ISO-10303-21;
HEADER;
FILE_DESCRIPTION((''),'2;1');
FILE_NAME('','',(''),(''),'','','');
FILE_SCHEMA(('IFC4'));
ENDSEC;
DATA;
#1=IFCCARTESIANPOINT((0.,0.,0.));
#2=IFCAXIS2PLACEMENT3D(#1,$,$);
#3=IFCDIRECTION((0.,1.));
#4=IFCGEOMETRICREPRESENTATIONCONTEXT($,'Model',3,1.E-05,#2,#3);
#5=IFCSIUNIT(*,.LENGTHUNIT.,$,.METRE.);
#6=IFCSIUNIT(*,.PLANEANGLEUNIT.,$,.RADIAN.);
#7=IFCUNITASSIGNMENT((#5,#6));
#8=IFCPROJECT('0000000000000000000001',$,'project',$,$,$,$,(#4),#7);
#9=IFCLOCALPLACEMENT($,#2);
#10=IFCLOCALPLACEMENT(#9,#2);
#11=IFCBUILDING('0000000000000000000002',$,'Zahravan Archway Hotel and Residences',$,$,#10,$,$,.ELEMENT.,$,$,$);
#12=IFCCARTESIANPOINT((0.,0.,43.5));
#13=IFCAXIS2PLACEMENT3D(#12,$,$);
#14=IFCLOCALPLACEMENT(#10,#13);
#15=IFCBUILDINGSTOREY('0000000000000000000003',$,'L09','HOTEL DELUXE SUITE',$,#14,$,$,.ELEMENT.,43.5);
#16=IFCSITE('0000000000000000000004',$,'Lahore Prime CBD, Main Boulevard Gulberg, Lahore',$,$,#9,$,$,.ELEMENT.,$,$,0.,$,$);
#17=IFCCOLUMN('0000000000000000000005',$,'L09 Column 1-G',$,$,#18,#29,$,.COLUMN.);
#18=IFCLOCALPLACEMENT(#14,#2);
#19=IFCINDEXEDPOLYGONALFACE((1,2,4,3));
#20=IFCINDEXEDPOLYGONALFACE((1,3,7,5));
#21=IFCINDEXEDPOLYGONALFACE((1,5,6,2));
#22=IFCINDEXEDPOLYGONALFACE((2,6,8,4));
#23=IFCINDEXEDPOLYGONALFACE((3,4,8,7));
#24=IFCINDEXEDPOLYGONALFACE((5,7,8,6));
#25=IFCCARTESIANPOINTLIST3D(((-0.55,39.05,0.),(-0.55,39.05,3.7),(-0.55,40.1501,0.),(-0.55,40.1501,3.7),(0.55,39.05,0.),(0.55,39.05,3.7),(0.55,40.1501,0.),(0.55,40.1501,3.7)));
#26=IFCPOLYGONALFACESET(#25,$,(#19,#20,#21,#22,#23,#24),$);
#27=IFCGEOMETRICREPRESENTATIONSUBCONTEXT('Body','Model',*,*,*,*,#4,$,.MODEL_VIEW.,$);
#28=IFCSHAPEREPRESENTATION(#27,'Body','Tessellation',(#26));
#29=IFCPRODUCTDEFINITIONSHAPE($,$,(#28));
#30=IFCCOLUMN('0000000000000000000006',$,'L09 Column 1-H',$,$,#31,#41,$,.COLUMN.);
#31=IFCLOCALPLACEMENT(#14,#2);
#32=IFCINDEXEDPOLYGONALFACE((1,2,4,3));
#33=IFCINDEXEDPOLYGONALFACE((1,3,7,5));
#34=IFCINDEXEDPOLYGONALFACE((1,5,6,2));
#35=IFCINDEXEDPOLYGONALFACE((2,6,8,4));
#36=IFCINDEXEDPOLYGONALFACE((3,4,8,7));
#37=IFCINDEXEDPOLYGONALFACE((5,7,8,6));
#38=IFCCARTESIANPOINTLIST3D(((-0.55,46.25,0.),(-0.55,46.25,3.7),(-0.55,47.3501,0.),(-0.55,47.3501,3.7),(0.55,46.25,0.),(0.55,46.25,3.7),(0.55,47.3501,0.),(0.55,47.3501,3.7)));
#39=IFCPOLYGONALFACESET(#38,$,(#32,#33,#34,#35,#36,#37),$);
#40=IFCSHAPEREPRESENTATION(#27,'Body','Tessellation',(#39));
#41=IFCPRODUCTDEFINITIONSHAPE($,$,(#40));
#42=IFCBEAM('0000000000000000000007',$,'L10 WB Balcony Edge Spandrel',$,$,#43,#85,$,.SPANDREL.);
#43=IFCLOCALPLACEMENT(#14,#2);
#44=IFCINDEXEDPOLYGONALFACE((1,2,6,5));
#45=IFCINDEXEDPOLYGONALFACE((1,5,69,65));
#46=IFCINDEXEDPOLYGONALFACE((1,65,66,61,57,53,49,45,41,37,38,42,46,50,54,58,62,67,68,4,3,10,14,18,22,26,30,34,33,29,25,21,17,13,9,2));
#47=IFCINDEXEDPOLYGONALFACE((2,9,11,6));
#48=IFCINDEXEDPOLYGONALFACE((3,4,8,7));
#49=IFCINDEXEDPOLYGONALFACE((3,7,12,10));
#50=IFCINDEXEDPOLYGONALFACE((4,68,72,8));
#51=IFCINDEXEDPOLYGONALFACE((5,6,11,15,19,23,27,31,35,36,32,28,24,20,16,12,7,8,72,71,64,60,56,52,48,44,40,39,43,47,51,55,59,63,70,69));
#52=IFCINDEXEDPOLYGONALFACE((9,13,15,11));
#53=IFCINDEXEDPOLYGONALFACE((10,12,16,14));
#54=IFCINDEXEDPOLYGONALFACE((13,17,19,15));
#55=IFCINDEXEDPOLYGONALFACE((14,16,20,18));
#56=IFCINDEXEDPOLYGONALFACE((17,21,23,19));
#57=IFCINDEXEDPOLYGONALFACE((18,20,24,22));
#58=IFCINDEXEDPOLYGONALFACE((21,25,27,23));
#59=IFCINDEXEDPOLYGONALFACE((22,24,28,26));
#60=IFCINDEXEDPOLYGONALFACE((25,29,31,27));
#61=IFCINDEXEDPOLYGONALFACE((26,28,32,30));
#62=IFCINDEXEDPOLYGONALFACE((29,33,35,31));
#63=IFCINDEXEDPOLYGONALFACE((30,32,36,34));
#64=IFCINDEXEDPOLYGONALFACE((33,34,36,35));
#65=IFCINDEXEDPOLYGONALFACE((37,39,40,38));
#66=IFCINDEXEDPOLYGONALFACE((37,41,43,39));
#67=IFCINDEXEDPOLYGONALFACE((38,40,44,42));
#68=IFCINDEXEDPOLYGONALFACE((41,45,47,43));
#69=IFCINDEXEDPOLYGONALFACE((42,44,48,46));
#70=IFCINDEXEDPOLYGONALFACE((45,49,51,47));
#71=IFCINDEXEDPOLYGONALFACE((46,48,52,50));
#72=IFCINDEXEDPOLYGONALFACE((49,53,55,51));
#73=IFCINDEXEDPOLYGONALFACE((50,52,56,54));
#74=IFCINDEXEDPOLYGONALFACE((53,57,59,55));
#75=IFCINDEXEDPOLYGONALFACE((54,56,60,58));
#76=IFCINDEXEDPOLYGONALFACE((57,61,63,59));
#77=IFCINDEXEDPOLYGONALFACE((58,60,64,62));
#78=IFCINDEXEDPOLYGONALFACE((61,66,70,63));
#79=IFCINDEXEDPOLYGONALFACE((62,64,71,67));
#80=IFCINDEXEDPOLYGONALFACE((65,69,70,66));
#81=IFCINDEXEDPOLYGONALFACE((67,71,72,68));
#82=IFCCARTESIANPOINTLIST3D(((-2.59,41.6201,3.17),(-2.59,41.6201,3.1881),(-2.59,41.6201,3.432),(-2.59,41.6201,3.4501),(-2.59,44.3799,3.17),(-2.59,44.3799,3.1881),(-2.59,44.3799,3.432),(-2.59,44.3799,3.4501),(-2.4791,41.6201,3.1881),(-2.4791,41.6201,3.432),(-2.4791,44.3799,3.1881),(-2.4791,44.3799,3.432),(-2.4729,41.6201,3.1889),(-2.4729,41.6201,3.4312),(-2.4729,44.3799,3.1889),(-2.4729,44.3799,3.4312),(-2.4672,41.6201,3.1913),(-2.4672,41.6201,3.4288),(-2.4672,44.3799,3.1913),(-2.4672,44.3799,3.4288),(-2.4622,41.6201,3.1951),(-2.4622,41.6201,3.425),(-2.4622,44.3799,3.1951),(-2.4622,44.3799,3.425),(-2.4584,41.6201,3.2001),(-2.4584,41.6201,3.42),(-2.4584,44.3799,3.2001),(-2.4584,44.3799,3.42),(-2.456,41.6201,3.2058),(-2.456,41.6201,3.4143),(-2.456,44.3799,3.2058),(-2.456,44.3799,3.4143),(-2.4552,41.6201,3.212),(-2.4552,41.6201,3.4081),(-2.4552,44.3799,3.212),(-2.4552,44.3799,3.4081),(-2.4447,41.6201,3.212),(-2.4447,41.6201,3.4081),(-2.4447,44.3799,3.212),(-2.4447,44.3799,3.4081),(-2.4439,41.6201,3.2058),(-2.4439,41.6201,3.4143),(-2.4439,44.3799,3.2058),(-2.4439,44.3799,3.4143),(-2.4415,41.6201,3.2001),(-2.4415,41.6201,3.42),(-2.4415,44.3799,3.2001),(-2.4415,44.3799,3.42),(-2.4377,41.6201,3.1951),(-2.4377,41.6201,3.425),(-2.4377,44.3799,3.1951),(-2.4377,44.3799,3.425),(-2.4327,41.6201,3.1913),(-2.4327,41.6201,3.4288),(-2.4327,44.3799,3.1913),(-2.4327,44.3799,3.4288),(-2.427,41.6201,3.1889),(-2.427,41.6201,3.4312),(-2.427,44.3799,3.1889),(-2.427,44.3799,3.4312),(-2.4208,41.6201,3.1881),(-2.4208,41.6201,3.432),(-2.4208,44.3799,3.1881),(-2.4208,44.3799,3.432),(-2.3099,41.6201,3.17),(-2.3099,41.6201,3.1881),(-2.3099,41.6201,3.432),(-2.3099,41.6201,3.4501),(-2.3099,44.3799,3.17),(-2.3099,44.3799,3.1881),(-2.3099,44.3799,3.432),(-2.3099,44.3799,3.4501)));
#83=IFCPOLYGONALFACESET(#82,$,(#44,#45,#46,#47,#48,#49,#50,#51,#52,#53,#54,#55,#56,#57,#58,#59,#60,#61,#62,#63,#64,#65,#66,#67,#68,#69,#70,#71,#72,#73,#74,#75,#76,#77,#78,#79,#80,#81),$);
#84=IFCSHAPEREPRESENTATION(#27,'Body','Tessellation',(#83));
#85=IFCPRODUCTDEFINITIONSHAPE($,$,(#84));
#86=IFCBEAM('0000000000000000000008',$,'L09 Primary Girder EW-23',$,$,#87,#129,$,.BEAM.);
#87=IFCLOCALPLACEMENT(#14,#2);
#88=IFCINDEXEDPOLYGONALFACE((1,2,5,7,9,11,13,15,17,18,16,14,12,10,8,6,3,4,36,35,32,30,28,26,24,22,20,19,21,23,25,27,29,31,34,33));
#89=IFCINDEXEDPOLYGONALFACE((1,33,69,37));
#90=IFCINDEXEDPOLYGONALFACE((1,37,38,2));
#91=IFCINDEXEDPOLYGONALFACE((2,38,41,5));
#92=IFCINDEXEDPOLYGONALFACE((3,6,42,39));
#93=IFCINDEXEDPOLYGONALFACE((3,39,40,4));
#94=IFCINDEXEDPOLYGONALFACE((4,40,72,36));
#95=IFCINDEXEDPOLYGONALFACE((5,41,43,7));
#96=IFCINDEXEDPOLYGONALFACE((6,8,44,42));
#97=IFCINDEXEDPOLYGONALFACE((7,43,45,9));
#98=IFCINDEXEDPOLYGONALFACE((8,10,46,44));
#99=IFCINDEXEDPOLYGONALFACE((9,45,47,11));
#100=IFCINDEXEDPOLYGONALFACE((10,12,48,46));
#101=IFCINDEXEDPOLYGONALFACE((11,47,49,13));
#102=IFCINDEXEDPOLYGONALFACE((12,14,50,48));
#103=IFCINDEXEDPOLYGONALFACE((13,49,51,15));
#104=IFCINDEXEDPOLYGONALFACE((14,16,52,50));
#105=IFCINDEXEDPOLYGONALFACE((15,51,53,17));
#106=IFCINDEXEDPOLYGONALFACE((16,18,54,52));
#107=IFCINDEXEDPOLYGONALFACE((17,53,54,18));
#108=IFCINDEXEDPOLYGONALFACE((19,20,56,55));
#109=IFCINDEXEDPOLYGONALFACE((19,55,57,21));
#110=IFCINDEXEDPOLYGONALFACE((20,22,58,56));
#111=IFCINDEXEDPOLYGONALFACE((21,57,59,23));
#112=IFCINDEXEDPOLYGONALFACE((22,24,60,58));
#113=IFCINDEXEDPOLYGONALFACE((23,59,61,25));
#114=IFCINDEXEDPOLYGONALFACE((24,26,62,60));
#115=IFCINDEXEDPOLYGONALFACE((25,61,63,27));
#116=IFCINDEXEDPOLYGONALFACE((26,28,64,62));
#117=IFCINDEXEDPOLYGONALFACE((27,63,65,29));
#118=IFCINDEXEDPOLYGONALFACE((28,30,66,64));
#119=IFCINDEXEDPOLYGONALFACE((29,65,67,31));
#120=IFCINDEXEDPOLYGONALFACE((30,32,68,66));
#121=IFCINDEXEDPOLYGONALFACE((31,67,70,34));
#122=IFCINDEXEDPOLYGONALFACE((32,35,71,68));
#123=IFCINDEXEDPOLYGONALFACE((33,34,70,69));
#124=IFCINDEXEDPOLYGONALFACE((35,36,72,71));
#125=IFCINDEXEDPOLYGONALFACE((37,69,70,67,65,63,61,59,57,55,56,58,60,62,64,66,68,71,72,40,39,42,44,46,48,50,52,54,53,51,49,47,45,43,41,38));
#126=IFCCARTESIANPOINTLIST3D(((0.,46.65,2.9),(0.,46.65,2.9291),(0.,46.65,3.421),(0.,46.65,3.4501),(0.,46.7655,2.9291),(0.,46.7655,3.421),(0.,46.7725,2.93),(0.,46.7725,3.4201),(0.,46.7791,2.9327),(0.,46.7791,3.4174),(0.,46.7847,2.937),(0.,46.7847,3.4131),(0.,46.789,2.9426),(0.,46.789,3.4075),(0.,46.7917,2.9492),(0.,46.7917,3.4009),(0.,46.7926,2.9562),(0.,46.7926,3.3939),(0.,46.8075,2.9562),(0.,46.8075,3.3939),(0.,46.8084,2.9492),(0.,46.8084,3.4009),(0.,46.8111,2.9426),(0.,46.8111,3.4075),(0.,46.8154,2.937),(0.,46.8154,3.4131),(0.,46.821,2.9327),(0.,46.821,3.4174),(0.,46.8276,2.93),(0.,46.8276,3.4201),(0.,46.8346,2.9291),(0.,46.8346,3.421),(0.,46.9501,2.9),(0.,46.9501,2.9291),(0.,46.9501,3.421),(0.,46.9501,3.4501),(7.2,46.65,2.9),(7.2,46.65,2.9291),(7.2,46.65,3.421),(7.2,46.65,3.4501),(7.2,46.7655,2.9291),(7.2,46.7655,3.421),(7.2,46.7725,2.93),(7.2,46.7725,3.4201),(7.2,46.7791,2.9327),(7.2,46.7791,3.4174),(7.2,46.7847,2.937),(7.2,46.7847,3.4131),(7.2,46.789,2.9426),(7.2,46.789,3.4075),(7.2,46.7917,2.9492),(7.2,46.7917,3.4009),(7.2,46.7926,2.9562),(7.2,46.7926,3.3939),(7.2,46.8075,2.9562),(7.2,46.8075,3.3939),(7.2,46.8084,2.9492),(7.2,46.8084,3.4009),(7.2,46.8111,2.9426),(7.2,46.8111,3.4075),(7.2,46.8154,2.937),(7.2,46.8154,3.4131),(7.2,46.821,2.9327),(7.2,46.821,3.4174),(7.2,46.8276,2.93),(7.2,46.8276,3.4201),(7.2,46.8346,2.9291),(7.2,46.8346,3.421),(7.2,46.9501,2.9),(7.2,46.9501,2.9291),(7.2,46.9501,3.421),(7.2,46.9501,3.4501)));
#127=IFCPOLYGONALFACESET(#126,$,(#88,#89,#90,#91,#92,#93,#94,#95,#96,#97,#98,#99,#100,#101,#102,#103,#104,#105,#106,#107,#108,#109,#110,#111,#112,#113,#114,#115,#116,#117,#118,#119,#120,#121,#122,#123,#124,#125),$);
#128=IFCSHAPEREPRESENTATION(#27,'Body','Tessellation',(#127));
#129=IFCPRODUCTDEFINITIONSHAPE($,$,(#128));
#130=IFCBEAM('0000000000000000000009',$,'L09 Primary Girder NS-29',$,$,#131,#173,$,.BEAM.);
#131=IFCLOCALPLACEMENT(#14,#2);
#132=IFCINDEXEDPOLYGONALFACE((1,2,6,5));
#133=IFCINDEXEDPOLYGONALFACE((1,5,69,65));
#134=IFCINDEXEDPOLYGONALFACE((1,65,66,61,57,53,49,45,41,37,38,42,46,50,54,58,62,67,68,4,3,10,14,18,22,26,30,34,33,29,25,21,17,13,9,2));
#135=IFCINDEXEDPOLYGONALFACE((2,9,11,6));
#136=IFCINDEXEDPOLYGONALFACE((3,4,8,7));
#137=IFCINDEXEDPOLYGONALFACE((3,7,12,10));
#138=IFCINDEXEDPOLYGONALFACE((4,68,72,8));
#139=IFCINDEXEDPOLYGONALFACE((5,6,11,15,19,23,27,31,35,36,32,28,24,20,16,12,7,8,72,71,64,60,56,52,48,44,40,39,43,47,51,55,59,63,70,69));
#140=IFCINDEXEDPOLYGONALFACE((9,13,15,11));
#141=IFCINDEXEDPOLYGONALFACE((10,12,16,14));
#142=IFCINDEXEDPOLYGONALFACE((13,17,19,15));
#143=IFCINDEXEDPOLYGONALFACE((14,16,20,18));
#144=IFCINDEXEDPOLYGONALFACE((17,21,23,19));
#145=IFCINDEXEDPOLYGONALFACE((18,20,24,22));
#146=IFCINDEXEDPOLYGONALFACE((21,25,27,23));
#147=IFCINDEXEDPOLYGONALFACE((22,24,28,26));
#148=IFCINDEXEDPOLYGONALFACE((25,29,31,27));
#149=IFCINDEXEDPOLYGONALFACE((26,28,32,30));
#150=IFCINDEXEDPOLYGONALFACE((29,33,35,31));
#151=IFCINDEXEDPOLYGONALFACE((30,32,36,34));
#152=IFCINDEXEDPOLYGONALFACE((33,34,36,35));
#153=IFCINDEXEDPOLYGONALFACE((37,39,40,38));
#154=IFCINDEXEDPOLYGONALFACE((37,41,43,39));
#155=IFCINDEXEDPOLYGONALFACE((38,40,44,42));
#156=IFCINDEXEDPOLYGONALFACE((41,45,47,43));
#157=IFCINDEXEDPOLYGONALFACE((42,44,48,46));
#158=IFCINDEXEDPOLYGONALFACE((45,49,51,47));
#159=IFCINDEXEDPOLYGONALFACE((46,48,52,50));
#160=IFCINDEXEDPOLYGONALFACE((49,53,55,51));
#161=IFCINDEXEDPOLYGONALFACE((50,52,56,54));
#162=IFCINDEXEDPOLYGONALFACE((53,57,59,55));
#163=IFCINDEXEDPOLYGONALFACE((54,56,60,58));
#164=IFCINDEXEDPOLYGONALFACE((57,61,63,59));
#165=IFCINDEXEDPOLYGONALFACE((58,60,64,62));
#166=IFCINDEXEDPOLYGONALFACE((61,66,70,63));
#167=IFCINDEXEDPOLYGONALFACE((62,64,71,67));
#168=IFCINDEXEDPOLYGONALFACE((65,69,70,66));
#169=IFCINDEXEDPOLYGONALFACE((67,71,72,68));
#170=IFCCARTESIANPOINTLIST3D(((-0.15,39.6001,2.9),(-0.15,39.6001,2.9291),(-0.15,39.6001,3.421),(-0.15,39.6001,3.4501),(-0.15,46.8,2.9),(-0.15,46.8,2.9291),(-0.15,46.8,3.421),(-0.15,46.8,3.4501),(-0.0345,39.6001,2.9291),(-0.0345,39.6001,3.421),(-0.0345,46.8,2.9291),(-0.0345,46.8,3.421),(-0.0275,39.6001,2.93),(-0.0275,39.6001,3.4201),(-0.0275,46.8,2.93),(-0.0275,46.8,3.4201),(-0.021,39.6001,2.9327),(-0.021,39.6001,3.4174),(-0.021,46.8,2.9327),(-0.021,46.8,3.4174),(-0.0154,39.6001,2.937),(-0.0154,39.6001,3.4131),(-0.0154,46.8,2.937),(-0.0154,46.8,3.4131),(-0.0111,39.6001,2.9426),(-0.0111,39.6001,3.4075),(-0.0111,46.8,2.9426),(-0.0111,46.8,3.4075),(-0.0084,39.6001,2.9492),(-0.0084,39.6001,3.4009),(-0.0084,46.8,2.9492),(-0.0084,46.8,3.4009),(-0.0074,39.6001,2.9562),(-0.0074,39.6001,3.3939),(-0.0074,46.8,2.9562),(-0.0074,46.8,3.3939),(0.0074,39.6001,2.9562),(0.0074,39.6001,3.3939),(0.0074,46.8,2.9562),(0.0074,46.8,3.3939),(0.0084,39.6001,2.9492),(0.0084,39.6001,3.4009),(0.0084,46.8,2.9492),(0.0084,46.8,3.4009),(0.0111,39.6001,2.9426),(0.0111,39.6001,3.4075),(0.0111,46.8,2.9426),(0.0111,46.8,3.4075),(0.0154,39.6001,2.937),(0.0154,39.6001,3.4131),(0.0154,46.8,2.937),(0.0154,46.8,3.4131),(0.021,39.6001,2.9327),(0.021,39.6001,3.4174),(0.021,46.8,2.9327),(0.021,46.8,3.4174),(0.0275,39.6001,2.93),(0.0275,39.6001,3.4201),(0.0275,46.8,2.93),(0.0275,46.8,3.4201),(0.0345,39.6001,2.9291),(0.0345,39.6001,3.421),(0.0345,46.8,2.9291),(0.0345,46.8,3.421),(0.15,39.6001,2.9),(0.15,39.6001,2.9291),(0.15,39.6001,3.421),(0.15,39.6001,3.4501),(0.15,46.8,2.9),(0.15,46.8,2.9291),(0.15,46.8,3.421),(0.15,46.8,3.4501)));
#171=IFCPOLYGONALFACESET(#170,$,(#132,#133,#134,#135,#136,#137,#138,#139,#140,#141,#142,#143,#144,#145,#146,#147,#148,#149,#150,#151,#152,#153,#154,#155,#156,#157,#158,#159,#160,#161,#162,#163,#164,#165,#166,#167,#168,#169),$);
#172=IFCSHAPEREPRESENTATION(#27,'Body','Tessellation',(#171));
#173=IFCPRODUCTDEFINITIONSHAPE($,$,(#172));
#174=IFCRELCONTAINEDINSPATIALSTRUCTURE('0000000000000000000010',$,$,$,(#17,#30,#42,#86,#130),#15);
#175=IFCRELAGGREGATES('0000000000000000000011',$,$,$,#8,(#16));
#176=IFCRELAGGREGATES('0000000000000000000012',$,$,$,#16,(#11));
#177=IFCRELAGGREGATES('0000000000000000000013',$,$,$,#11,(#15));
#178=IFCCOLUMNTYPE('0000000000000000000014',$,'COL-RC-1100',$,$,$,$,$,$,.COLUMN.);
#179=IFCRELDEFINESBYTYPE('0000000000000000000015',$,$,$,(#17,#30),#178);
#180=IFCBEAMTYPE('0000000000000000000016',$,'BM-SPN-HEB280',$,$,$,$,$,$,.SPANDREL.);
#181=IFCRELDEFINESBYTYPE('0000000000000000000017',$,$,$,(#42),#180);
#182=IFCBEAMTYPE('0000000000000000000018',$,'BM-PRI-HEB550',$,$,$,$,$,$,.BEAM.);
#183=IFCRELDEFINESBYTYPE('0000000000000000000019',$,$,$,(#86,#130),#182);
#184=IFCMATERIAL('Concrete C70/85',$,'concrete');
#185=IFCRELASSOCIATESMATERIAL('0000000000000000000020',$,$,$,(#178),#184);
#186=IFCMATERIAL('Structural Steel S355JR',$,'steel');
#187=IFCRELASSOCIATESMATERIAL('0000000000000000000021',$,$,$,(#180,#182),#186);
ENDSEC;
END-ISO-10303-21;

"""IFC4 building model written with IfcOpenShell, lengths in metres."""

from ifc_helpers import new_model, si_unit, direction, frame, origin, origin_2d, place, context, subcontext, project, spatial, rectangle, i_section, extrude, source, transform, mapped, material, material_profile, profile_set, type_object, element, save


model = new_model("IFC4")

# Units and contexts
model_context = context("Model", 3, precision=1e-05, world=origin(), true_north=direction((0.0, 1.0)))
body_context = subcontext(model_context, "Body", "Model", "MODEL_VIEW")
ifc_project = project(units=[si_unit("LENGTHUNIT", "METRE"), si_unit("PLANEANGLEUNIT", "RADIAN")], contexts=[model_context])

# Site, building, storey
site_placement = place(None, origin())
site = spatial("IfcSite", under=ifc_project, at=site_placement, Name="Lahore Prime CBD, Main Boulevard Gulberg, Lahore", CompositionType="ELEMENT", RefElevation=0.0)
building_placement = place(site_placement, origin())
building = spatial("IfcBuilding", under=site, at=building_placement, Name="Zahravan Archway Hotel and Residences", CompositionType="ELEMENT")
storey_placement = place(building_placement, frame((0.0, 0.0, 43.5)))
storey = spatial("IfcBuildingStorey", under=building, at=storey_placement, Name="L09", Description="HOTEL DELUXE SUITE", CompositionType="ELEMENT", Elevation=43.5)

# Columns
ifc_material_1 = material(Name="Concrete C70/85", Category="concrete")
ifc_material_profile_1 = material_profile(ifc_material_1, rectangle(XDim=1.1001, YDim=1.1001, at=origin_2d()), Name="RC 1100x1100", Category="concrete")
ifc_profile_set_1 = profile_set([ifc_material_profile_1], Name="Concrete C70/85")
column_type = type_object("IfcColumnType", Name="COL-RC-1100", PredefinedType="COLUMN", material=ifc_profile_set_1)
shared_shape_1 = source(origin(), body_context, "Body", "SweptSolid", [
    extrude(rectangle(XDim=1.1001, YDim=1.1001, at=origin_2d()), origin(), (0.0, 0.0, 1.0), 3.7),
])
for number, where, z_axis, x_axis, name in (
    (1, (0.0, 39.6001, 0.0), (0.0, 0.0, 1.0), (1.0, 0.0, 0.0), "L09 Column 1-G"),
    (2, (0.0, 46.8, 0.0), (0.0, 0.0, 1.0), (1.0, 0.0, 0.0), "L09 Column 1-H"),
):
    element("IfcColumn", number, at=place(storey_placement, frame(where, z_axis=z_axis, x_axis=x_axis)), inside=storey, type_object=column_type, Name=name, PredefinedType="COLUMN", context=body_context, shape_type="MappedRepresentation", body=[
        mapped(shared_shape_1, transform((0.0, 0.0, 0.0), scale=1.0)),
    ])

# Beams
ifc_material_2 = material(Name="Structural Steel S355JR", Category="steel")
ifc_material_profile_2 = material_profile(ifc_material_2, i_section(OverallWidth=0.28, OverallDepth=0.28, WebThickness=0.0105, FlangeThickness=0.0181, FilletRadius=0.0239, at=origin_2d()), Name="HEB 280", Category="steel")
ifc_profile_set_2 = profile_set([ifc_material_profile_2], Name="Structural Steel S355JR")
beam_type_1 = type_object("IfcBeamType", Name="BM-SPN-HEB280", PredefinedType="SPANDREL", material=ifc_profile_set_2)
shared_shape_2 = source(origin(), body_context, "Body", "SweptSolid", [
    extrude(i_section(OverallWidth=0.28, OverallDepth=0.28, WebThickness=0.0105, FlangeThickness=0.0181, FilletRadius=0.0239, at=origin_2d()), origin(), (0.0, 0.0, 1.0), 2.7598),
])
beam_placement = place(storey_placement, frame((-2.45, 41.6201, 3.3101), z_axis=(0.0, 1.0, 0.0), x_axis=(-1.0, 0.0, 0.0)))
element("IfcBeam", 3, at=beam_placement, inside=storey, type_object=beam_type_1, Name="L10 WB Balcony Edge Spandrel", PredefinedType="SPANDREL", context=body_context, shape_type="MappedRepresentation", body=[
    mapped(shared_shape_2, transform((0.0, 0.0, 0.0), scale=1.0)),
])
ifc_material_profile_3 = material_profile(ifc_material_2, i_section(OverallWidth=0.3, OverallDepth=0.55, WebThickness=0.0149, FlangeThickness=0.0291, FilletRadius=0.0271, at=origin_2d()), Name="HEB 550", Category="steel")
ifc_profile_set_3 = profile_set([ifc_material_profile_3], Name="Structural Steel S355JR")
beam_type_2 = type_object("IfcBeamType", Name="BM-PRI-HEB550", PredefinedType="BEAM", material=ifc_profile_set_3)
shared_shape_3 = source(origin(), body_context, "Body", "SweptSolid", [
    extrude(i_section(OverallWidth=0.3, OverallDepth=0.55, WebThickness=0.0149, FlangeThickness=0.0291, FilletRadius=0.0271, at=origin_2d()), origin(), (0.0, 0.0, 1.0), 7.2),
])
for number, where, z_axis, x_axis, name in (
    (4, (0.0, 46.8, 3.175), (1.0, 0.0, 0.0), (0.0, 1.0, 0.0), "L09 Primary Girder EW-23"),
    (5, (0.0, 39.6001, 3.175), (0.0, 1.0, 0.0), (-1.0, 0.0, 0.0), "L09 Primary Girder NS-29"),
):
    element("IfcBeam", number, at=place(storey_placement, frame(where, z_axis=z_axis, x_axis=x_axis)), inside=storey, type_object=beam_type_2, Name=name, PredefinedType="BEAM", context=body_context, shape_type="MappedRepresentation", body=[
        mapped(shared_shape_3, transform((0.0, 0.0, 0.0), scale=1.0)),
    ])

save(model, "model.ifc")
